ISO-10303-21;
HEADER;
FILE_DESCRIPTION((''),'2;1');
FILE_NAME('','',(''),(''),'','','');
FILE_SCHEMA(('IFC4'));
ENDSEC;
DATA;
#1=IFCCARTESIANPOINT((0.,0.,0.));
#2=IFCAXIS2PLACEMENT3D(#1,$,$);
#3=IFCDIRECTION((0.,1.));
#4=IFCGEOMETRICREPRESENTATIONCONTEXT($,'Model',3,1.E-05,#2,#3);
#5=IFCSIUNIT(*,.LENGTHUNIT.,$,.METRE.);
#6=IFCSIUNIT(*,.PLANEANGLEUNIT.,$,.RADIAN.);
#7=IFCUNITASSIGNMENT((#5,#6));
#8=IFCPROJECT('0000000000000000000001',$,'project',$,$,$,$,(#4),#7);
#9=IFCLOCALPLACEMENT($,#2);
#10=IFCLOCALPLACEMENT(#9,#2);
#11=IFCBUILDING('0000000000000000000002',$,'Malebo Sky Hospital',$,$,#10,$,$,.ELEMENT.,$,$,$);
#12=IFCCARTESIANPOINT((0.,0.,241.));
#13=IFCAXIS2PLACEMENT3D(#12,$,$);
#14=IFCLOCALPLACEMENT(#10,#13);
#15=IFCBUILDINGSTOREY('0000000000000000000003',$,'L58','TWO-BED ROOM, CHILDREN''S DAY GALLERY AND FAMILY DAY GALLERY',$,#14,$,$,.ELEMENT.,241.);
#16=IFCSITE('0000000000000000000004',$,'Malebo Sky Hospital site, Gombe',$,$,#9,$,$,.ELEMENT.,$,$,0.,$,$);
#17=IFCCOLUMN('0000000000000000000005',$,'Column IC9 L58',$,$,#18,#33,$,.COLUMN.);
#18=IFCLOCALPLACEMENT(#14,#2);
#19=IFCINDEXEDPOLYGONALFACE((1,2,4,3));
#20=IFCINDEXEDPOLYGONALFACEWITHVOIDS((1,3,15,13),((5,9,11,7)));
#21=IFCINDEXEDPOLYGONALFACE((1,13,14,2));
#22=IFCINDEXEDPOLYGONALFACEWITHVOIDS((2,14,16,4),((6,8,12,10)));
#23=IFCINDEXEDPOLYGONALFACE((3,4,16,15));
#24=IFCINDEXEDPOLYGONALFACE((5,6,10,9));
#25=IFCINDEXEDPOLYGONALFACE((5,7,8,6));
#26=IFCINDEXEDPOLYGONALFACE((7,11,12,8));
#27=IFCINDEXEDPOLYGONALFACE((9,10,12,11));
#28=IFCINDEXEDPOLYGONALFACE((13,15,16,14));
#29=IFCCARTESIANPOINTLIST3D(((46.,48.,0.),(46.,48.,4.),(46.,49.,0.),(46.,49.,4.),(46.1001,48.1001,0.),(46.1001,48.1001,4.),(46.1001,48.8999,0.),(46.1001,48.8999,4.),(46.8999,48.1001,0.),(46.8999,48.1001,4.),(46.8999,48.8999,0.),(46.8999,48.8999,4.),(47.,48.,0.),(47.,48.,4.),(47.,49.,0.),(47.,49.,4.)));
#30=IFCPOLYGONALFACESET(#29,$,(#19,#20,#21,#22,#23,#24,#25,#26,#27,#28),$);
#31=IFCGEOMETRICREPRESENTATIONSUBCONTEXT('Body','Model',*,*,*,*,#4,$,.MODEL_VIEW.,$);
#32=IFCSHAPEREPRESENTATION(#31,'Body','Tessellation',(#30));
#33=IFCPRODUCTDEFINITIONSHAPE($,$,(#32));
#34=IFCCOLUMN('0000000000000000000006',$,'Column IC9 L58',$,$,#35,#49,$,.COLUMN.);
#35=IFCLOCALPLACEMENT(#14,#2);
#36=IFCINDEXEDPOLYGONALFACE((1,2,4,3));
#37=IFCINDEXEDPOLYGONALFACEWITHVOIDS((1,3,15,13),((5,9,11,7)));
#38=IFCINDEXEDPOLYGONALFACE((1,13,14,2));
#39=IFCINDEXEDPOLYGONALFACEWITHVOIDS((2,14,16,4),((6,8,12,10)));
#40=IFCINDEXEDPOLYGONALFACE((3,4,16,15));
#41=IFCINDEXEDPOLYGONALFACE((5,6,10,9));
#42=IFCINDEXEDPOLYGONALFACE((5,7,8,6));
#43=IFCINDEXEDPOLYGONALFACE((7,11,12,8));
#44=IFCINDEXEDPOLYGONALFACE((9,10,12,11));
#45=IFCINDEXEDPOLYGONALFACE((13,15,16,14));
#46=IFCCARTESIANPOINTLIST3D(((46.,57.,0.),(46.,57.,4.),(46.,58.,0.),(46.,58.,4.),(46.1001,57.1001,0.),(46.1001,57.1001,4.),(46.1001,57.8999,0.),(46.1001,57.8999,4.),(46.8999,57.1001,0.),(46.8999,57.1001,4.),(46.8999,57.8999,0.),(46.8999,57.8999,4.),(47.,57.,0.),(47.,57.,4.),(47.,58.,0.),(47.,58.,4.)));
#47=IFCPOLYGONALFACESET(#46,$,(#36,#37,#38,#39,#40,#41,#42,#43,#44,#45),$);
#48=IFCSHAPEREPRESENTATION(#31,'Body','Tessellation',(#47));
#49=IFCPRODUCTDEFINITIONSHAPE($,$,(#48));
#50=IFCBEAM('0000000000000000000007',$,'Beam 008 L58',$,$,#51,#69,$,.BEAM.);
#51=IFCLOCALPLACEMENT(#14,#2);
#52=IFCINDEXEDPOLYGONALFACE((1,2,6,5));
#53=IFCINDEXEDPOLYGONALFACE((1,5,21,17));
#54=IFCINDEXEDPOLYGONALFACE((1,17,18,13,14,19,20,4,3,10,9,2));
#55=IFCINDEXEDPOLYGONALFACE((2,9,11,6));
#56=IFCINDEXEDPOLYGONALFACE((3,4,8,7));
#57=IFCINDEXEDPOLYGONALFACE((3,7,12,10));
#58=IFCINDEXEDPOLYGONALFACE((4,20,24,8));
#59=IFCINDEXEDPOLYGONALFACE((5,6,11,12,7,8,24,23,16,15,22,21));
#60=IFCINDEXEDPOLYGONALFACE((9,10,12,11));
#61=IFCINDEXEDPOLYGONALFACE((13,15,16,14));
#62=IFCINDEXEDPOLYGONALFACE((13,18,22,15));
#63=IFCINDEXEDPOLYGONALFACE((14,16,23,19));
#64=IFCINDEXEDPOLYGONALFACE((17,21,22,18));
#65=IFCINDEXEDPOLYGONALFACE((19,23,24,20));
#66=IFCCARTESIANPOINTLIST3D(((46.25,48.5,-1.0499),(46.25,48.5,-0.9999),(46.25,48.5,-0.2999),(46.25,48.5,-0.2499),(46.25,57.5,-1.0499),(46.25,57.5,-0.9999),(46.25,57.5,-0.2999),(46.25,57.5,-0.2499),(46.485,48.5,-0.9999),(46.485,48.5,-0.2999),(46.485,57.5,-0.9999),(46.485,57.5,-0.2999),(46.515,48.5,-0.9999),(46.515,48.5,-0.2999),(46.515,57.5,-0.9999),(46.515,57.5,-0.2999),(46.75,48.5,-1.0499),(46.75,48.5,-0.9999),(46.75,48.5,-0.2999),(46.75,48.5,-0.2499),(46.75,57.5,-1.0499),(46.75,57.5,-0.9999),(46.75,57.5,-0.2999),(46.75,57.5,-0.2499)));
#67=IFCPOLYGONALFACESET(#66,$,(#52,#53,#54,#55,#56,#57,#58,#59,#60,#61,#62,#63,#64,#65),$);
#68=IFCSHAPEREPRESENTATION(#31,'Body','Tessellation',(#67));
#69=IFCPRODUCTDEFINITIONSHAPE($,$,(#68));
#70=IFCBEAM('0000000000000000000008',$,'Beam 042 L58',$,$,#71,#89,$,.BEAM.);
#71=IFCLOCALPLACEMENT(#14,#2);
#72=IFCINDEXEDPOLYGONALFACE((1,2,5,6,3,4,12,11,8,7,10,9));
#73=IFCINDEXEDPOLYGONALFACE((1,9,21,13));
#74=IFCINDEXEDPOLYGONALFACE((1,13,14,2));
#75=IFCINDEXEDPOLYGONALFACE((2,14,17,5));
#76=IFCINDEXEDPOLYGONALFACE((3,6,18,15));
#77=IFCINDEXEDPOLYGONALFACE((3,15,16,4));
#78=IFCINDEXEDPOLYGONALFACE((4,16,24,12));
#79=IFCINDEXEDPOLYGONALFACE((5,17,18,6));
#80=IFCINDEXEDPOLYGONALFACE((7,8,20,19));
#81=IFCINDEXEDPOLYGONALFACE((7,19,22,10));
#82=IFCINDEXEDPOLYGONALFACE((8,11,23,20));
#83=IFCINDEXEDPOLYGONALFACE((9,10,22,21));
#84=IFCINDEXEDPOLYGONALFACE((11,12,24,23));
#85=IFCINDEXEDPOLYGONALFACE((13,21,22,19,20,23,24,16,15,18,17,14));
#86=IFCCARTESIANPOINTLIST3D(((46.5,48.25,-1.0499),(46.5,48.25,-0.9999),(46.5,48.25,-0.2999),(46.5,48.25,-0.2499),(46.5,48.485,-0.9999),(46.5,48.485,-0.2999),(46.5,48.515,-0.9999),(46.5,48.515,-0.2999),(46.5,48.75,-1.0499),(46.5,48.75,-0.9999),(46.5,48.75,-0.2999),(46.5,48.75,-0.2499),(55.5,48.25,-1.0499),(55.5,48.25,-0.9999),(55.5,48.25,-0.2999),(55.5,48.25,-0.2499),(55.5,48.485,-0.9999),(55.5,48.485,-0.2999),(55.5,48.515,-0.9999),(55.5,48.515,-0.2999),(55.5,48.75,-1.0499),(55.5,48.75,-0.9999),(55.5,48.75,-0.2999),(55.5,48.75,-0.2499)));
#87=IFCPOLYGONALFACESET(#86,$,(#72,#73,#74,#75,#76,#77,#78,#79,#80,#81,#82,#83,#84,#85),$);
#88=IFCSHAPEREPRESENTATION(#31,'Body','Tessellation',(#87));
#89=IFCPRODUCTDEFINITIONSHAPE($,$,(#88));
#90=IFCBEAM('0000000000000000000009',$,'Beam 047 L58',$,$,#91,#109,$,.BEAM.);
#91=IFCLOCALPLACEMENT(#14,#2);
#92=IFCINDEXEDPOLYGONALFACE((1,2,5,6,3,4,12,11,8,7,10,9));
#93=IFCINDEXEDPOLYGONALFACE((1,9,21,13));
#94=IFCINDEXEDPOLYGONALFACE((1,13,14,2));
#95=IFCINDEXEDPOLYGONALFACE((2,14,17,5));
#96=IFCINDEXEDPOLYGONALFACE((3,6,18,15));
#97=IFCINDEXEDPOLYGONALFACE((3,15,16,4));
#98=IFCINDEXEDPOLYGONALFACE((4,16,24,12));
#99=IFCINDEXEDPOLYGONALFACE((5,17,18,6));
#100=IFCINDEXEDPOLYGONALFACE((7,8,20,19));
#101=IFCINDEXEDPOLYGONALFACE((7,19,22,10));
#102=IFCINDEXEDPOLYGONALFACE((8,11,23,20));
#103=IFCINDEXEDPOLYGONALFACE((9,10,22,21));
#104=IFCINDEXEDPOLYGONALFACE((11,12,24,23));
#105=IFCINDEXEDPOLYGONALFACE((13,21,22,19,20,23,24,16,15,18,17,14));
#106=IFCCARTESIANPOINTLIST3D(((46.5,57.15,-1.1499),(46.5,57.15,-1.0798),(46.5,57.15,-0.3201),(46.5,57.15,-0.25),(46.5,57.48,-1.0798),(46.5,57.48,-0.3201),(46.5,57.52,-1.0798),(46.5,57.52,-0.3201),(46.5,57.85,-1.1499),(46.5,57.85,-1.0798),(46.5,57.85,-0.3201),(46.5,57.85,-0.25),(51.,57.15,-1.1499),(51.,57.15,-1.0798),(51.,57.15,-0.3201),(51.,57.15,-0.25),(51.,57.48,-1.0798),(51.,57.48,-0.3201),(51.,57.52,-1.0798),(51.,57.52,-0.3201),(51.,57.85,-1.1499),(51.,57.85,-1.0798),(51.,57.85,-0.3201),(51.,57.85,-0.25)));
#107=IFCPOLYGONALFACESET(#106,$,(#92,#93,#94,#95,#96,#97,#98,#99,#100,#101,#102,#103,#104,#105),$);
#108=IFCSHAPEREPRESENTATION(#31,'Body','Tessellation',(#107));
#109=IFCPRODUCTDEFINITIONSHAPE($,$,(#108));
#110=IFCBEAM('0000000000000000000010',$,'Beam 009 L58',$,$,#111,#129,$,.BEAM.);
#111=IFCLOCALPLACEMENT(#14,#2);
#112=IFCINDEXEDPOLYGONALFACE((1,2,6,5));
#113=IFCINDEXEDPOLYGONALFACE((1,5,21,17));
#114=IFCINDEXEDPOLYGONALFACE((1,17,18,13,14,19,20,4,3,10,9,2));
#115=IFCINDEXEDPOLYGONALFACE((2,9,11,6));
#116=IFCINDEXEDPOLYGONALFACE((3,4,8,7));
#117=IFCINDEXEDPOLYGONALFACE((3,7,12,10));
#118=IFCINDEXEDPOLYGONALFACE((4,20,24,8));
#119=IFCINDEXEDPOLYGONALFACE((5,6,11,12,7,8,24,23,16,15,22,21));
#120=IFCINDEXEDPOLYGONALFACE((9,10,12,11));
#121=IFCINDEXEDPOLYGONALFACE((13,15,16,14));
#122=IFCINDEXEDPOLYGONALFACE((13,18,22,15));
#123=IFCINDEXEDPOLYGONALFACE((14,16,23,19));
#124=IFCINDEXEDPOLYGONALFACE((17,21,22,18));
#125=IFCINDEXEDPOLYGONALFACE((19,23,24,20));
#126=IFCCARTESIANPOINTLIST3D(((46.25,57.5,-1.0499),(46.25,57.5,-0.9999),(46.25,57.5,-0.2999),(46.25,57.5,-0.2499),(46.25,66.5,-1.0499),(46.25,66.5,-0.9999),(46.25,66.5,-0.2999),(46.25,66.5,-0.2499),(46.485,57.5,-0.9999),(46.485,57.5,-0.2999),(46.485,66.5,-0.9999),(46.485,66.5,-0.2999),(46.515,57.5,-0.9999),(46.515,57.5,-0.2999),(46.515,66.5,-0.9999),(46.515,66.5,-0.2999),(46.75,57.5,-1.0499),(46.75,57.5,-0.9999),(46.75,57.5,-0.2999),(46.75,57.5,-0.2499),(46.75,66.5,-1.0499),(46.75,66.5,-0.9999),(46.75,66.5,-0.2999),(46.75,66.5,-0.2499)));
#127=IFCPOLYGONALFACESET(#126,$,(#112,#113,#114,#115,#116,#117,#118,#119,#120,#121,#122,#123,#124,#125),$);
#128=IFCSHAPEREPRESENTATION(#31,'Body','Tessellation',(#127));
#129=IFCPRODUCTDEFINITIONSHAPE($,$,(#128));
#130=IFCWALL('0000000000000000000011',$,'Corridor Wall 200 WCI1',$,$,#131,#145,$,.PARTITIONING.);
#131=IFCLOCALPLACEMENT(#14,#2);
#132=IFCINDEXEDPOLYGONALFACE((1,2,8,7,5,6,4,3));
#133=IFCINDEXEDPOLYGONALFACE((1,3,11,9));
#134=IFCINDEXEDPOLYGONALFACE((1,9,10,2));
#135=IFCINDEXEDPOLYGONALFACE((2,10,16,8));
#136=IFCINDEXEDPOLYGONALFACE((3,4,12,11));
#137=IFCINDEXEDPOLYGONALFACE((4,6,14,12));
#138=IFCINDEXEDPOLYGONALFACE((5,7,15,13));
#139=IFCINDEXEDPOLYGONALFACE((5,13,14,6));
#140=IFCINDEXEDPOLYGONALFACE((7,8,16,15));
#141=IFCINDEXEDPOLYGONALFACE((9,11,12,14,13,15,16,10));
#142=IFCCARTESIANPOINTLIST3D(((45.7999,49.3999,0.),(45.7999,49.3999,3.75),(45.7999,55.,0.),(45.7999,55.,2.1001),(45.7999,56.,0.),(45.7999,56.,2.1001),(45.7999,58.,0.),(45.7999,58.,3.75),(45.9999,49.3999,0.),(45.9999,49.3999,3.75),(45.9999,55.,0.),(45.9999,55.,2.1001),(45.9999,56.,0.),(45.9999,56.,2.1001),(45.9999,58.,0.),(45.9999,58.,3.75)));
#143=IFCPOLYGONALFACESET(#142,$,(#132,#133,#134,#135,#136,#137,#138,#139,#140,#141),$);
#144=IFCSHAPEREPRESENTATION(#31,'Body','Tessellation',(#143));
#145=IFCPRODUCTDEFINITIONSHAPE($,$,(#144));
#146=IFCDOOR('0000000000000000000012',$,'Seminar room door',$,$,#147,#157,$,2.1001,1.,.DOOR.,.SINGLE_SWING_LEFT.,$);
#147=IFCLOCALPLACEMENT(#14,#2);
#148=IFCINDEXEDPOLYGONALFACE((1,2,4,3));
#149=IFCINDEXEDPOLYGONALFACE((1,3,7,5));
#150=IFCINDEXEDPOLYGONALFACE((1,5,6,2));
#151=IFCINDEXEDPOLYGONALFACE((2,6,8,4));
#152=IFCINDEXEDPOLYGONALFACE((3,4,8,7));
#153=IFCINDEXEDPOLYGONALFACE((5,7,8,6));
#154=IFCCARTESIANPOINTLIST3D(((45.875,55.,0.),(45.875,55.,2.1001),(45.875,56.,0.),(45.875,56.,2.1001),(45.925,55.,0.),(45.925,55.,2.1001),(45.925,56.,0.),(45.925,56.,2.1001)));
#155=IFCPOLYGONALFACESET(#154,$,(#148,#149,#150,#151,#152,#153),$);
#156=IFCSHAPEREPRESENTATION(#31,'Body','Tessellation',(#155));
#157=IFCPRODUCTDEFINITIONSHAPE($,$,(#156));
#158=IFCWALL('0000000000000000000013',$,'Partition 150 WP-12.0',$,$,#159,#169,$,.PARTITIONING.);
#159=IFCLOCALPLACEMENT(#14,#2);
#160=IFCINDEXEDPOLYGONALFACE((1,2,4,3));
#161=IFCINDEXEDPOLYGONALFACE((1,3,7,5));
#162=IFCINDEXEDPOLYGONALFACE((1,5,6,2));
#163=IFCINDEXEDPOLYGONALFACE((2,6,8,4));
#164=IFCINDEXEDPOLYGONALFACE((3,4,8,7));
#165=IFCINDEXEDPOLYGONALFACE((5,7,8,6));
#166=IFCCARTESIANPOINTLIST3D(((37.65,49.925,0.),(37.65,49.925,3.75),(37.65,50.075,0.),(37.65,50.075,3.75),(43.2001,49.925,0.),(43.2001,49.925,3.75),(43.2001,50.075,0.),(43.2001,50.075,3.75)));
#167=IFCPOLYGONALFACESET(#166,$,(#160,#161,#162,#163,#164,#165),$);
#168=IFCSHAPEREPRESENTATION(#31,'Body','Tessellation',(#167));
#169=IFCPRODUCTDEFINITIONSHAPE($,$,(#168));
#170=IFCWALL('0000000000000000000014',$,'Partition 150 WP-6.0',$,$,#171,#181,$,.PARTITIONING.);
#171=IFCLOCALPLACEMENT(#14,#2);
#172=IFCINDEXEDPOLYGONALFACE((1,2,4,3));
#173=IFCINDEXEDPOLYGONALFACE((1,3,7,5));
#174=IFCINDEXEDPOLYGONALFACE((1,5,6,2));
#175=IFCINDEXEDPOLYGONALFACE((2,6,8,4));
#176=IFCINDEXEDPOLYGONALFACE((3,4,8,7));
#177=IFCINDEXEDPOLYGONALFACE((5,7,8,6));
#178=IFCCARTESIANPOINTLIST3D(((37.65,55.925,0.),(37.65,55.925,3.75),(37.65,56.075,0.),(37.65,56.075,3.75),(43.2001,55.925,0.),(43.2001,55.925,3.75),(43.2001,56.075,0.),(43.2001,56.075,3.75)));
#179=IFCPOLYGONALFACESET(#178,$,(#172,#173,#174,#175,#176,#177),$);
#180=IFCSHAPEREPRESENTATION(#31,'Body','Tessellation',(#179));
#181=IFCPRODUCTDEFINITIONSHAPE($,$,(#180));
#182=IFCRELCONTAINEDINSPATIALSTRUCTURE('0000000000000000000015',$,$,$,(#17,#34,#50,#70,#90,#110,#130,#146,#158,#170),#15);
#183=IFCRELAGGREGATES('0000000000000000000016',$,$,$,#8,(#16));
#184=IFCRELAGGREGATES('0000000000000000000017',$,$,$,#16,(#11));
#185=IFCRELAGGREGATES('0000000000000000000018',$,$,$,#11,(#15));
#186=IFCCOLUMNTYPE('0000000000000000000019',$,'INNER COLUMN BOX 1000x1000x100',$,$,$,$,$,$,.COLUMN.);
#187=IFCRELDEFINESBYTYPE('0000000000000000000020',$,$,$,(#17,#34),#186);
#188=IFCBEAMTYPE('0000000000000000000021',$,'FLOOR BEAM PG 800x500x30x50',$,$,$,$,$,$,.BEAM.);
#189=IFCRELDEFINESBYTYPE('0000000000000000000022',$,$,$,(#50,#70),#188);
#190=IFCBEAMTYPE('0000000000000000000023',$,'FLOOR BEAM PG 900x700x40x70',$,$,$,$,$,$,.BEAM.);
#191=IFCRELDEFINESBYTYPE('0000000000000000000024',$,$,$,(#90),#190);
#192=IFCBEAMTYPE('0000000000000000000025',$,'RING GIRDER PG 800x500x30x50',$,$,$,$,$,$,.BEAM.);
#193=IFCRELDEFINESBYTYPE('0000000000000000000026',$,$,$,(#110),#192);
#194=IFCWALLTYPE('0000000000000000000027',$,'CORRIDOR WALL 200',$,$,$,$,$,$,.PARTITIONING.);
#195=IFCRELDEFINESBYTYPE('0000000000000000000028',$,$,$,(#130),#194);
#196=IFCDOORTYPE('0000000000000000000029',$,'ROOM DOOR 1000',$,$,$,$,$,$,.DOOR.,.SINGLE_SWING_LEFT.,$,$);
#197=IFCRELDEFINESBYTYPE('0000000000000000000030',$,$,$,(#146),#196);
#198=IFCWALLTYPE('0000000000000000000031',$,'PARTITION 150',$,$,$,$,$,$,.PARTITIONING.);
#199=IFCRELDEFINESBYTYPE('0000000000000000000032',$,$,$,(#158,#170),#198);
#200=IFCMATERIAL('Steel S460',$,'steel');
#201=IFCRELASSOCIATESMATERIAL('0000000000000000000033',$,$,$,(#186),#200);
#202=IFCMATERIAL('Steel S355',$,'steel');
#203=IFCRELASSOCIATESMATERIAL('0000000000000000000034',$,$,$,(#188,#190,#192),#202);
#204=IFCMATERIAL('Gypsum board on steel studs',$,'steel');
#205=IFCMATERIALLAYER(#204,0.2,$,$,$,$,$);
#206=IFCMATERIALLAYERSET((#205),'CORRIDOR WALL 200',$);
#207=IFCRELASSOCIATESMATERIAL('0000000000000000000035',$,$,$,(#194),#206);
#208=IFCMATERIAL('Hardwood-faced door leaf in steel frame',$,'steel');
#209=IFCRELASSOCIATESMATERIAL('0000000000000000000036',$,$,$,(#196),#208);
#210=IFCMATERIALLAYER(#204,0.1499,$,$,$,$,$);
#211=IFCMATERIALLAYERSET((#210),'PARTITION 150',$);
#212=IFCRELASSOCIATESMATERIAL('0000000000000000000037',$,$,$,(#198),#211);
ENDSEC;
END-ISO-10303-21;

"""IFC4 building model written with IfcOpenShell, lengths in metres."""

from ifc_helpers import new_model, si_unit, direction, frame, frame_2d, origin, origin_2d, place, context, subcontext, project, spatial, rectangle, hollow_rectangle, i_section, extrude, material, layer, layer_set, material_profile, profile_set, type_object, element, fill, save


model = new_model("IFC4")

# Units and contexts
model_context = context("Model", 3, precision=1e-05, world=origin(), true_north=direction((0.0, 1.0)))
body_context = subcontext(model_context, "Body", "Model", "MODEL_VIEW")
ifc_project = project(units=[si_unit("LENGTHUNIT", "METRE"), si_unit("PLANEANGLEUNIT", "RADIAN")], contexts=[model_context])

# Site, building, storey
site_placement = place(None, origin())
site = spatial("IfcSite", under=ifc_project, at=site_placement, Name="Malebo Sky Hospital site, Gombe", CompositionType="ELEMENT", RefElevation=0.0)
building_placement = place(site_placement, origin())
building = spatial("IfcBuilding", under=site, at=building_placement, Name="Malebo Sky Hospital", CompositionType="ELEMENT")
storey_placement = place(building_placement, frame((0.0, 0.0, 241.0)))
storey = spatial("IfcBuildingStorey", under=building, at=storey_placement, Name="L58", Description="TWO-BED ROOM, CHILDREN'S DAY GALLERY AND FAMILY DAY GALLERY", CompositionType="ELEMENT", Elevation=241.0)

# Columns
ifc_material_1 = material(Name="Steel S460", Category="steel")
ifc_material_profile_1 = material_profile(ifc_material_1, hollow_rectangle(XDim=1.0, YDim=1.0, WallThickness=0.1001, at=origin_2d()), Name="BOX 1000x1000x100")
ifc_profile_set_1 = profile_set([ifc_material_profile_1], Name="Steel S460")
column_type = type_object("IfcColumnType", Name="INNER COLUMN BOX 1000x1000x100", PredefinedType="COLUMN", material=ifc_profile_set_1)
for number, where, z_axis, x_axis, name in (
    (1, (46.5, 48.5, 0.0), (0.0, 0.0, 1.0), (1.0, 0.0, 0.0), "Column IC9 L58"),
    (2, (46.5, 57.5, 0.0), (0.0, 0.0, 1.0), (1.0, 0.0, 0.0), "Column IC9 L58"),
):
    element("IfcColumn", number, at=place(storey_placement, frame(where, z_axis=z_axis, x_axis=x_axis)), inside=storey, type_object=column_type, Name=name, PredefinedType="COLUMN", context=body_context, shape_type="SweptSolid", body=[
        extrude(hollow_rectangle(XDim=1.0, YDim=1.0, WallThickness=0.1001, at=origin_2d()), origin(), (0.0, 0.0, 1.0), 4.0),
    ])

# Beams
ifc_material_2 = material(Name="Steel S355", Category="steel")
ifc_material_profile_2 = material_profile(ifc_material_2, i_section(OverallWidth=0.5, OverallDepth=0.8, WebThickness=0.03, FlangeThickness=0.05, at=origin_2d()), Name="PG 800x500x30x50")
ifc_profile_set_2 = profile_set([ifc_material_profile_2], Name="Steel S355")
beam_type_1 = type_object("IfcBeamType", Name="FLOOR BEAM PG 800x500x30x50", PredefinedType="BEAM", material=ifc_profile_set_2)
for number, where, z_axis, x_axis, name in (
    (3, (46.5, 48.5, -0.6499), (0.0, 1.0, 0.0), (-1.0, 0.0, 0.0), "Beam 008 L58"),
    (4, (46.5, 48.5, -0.6499), (1.0, 0.0, 0.0), (0.0, 1.0, 0.0), "Beam 042 L58"),
):
    element("IfcBeam", number, at=place(storey_placement, frame(where, z_axis=z_axis, x_axis=x_axis)), inside=storey, type_object=beam_type_1, Name=name, PredefinedType="BEAM", context=body_context, shape_type="SweptSolid", body=[
        extrude(i_section(OverallWidth=0.5, OverallDepth=0.8, WebThickness=0.03, FlangeThickness=0.05, at=origin_2d()), origin(), (0.0, 0.0, 1.0), 9.0),
    ])
ifc_material_profile_3 = material_profile(ifc_material_2, i_section(OverallWidth=0.7, OverallDepth=0.8999, WebThickness=0.04, FlangeThickness=0.0701, at=origin_2d()), Name="PG 900x700x40x70")
ifc_profile_set_3 = profile_set([ifc_material_profile_3], Name="Steel S355")
beam_type_2 = type_object("IfcBeamType", Name="FLOOR BEAM PG 900x700x40x70", PredefinedType="BEAM", material=ifc_profile_set_3)
beam_1_placement = place(storey_placement, frame((46.5, 57.5, -0.7), z_axis=(1.0, 0.0, 0.0), x_axis=(0.0, 1.0, 0.0)))
element("IfcBeam", 5, at=beam_1_placement, inside=storey, type_object=beam_type_2, Name="Beam 047 L58", PredefinedType="BEAM", context=body_context, shape_type="SweptSolid", body=[
    extrude(i_section(OverallWidth=0.7, OverallDepth=0.8999, WebThickness=0.04, FlangeThickness=0.0701, at=origin_2d()), origin(), (0.0, 0.0, 1.0), 4.5),
])
ifc_material_profile_4 = material_profile(ifc_material_2, i_section(OverallWidth=0.5, OverallDepth=0.8, WebThickness=0.03, FlangeThickness=0.05, at=origin_2d()), Name="PG 800x500x30x50")
ifc_profile_set_4 = profile_set([ifc_material_profile_4], Name="Steel S355")
beam_type_3 = type_object("IfcBeamType", Name="RING GIRDER PG 800x500x30x50", PredefinedType="BEAM", material=ifc_profile_set_4)
beam_2_placement = place(storey_placement, frame((46.5, 57.5, -0.6499), z_axis=(0.0, 1.0, 0.0), x_axis=(-1.0, 0.0, 0.0)))
element("IfcBeam", 6, at=beam_2_placement, inside=storey, type_object=beam_type_3, Name="Beam 009 L58", PredefinedType="BEAM", context=body_context, shape_type="SweptSolid", body=[
    extrude(i_section(OverallWidth=0.5, OverallDepth=0.8, WebThickness=0.03, FlangeThickness=0.05, at=origin_2d()), origin(), (0.0, 0.0, 1.0), 9.0),
])

# Wall, opening, door
ifc_material_3 = material(Name="Gypsum board on steel studs", Category="steel")
ifc_layer_1 = layer(ifc_material_3, 0.2)
ifc_layer_set_1 = layer_set([ifc_layer_1], Name="CORRIDOR WALL 200")
wall_type_1 = type_object("IfcWallType", Name="CORRIDOR WALL 200", PredefinedType="PARTITIONING", material=ifc_layer_set_1)
wall_1_placement = place(storey_placement, frame((45.8999, 49.3999, 0.0), z_axis=(0.0, 0.0, 1.0), x_axis=(0.0, 1.0, 0.0)))
wall_1 = element("IfcWall", 7, at=wall_1_placement, inside=storey, type_object=wall_type_1, Name="Corridor Wall 200 WCI1", PredefinedType="PARTITIONING", context=body_context, shape_type="SweptSolid", body=[
    extrude(rectangle(XDim=8.6001, YDim=0.2, at=frame_2d((4.3, 0.0))), origin(), (0.0, 0.0, 1.0), 3.75),
])
opening_1_placement = place(wall_1_placement, frame((5.6001, 0.0, 0.0)))
opening_1 = element("IfcOpeningElement", 8, at=opening_1_placement, cuts=wall_1, PredefinedType="OPENING", context=body_context, shape_type="SweptSolid", body=[
    extrude(rectangle(XDim=1.0, YDim=2.1001, at=frame_2d((0.5, 1.05))), frame((0.0, 0.1099, 0.0), z_axis=(0.0, -1.0, 0.0), x_axis=(1.0, 0.0, 0.0)), (0.0, 0.0, 1.0), 0.22),
])
ifc_material_4 = material(Name="Hardwood-faced door leaf in steel frame", Category="steel")
door_type_1 = type_object("IfcDoorType", Name="ROOM DOOR 1000", OperationType="SINGLE_SWING_LEFT", PredefinedType="DOOR", material=ifc_material_4)
door_1_placement = place(opening_1_placement, origin())
door_1 = element("IfcDoor", 9, at=door_1_placement, inside=storey, type_object=door_type_1, Name="Seminar room door", OperationType="SINGLE_SWING_LEFT", OverallHeight=2.1001, OverallWidth=1.0, PredefinedType="DOOR", context=body_context, shape_type="SweptSolid", body=[
    extrude(rectangle(XDim=1.0, YDim=2.1001, at=frame_2d((0.5, 1.05))), frame((0.0, 0.0249, 0.0), z_axis=(0.0, -1.0, 0.0), x_axis=(1.0, 0.0, 0.0)), (0.0, 0.0, 1.0), 0.05),
])
fill(opening_1, door_1)

# Walls
ifc_layer_2 = layer(ifc_material_3, 0.1499)
ifc_layer_set_2 = layer_set([ifc_layer_2], Name="PARTITION 150")
wall_type_2 = type_object("IfcWallType", Name="PARTITION 150", PredefinedType="PARTITIONING", material=ifc_layer_set_2)
for number, where, z_axis, x_axis, name in (
    (10, (43.2, 50.0, 0.0), (0.0, 0.0, 1.0), (-1.0, 0.0, 0.0), "Partition 150 WP-12.0"),
    (11, (43.2, 56.0, 0.0), (0.0, 0.0, 1.0), (-1.0, 0.0, 0.0), "Partition 150 WP-6.0"),
):
    element("IfcWall", number, at=place(storey_placement, frame(where, z_axis=z_axis, x_axis=x_axis)), inside=storey, type_object=wall_type_2, Name=name, PredefinedType="PARTITIONING", context=body_context, shape_type="SweptSolid", body=[
        extrude(rectangle(XDim=5.55, YDim=0.1499, at=frame_2d((2.7749, 0.0))), origin(), (0.0, 0.0, 1.0), 3.75),
    ])

save(model, "model.ifc")
